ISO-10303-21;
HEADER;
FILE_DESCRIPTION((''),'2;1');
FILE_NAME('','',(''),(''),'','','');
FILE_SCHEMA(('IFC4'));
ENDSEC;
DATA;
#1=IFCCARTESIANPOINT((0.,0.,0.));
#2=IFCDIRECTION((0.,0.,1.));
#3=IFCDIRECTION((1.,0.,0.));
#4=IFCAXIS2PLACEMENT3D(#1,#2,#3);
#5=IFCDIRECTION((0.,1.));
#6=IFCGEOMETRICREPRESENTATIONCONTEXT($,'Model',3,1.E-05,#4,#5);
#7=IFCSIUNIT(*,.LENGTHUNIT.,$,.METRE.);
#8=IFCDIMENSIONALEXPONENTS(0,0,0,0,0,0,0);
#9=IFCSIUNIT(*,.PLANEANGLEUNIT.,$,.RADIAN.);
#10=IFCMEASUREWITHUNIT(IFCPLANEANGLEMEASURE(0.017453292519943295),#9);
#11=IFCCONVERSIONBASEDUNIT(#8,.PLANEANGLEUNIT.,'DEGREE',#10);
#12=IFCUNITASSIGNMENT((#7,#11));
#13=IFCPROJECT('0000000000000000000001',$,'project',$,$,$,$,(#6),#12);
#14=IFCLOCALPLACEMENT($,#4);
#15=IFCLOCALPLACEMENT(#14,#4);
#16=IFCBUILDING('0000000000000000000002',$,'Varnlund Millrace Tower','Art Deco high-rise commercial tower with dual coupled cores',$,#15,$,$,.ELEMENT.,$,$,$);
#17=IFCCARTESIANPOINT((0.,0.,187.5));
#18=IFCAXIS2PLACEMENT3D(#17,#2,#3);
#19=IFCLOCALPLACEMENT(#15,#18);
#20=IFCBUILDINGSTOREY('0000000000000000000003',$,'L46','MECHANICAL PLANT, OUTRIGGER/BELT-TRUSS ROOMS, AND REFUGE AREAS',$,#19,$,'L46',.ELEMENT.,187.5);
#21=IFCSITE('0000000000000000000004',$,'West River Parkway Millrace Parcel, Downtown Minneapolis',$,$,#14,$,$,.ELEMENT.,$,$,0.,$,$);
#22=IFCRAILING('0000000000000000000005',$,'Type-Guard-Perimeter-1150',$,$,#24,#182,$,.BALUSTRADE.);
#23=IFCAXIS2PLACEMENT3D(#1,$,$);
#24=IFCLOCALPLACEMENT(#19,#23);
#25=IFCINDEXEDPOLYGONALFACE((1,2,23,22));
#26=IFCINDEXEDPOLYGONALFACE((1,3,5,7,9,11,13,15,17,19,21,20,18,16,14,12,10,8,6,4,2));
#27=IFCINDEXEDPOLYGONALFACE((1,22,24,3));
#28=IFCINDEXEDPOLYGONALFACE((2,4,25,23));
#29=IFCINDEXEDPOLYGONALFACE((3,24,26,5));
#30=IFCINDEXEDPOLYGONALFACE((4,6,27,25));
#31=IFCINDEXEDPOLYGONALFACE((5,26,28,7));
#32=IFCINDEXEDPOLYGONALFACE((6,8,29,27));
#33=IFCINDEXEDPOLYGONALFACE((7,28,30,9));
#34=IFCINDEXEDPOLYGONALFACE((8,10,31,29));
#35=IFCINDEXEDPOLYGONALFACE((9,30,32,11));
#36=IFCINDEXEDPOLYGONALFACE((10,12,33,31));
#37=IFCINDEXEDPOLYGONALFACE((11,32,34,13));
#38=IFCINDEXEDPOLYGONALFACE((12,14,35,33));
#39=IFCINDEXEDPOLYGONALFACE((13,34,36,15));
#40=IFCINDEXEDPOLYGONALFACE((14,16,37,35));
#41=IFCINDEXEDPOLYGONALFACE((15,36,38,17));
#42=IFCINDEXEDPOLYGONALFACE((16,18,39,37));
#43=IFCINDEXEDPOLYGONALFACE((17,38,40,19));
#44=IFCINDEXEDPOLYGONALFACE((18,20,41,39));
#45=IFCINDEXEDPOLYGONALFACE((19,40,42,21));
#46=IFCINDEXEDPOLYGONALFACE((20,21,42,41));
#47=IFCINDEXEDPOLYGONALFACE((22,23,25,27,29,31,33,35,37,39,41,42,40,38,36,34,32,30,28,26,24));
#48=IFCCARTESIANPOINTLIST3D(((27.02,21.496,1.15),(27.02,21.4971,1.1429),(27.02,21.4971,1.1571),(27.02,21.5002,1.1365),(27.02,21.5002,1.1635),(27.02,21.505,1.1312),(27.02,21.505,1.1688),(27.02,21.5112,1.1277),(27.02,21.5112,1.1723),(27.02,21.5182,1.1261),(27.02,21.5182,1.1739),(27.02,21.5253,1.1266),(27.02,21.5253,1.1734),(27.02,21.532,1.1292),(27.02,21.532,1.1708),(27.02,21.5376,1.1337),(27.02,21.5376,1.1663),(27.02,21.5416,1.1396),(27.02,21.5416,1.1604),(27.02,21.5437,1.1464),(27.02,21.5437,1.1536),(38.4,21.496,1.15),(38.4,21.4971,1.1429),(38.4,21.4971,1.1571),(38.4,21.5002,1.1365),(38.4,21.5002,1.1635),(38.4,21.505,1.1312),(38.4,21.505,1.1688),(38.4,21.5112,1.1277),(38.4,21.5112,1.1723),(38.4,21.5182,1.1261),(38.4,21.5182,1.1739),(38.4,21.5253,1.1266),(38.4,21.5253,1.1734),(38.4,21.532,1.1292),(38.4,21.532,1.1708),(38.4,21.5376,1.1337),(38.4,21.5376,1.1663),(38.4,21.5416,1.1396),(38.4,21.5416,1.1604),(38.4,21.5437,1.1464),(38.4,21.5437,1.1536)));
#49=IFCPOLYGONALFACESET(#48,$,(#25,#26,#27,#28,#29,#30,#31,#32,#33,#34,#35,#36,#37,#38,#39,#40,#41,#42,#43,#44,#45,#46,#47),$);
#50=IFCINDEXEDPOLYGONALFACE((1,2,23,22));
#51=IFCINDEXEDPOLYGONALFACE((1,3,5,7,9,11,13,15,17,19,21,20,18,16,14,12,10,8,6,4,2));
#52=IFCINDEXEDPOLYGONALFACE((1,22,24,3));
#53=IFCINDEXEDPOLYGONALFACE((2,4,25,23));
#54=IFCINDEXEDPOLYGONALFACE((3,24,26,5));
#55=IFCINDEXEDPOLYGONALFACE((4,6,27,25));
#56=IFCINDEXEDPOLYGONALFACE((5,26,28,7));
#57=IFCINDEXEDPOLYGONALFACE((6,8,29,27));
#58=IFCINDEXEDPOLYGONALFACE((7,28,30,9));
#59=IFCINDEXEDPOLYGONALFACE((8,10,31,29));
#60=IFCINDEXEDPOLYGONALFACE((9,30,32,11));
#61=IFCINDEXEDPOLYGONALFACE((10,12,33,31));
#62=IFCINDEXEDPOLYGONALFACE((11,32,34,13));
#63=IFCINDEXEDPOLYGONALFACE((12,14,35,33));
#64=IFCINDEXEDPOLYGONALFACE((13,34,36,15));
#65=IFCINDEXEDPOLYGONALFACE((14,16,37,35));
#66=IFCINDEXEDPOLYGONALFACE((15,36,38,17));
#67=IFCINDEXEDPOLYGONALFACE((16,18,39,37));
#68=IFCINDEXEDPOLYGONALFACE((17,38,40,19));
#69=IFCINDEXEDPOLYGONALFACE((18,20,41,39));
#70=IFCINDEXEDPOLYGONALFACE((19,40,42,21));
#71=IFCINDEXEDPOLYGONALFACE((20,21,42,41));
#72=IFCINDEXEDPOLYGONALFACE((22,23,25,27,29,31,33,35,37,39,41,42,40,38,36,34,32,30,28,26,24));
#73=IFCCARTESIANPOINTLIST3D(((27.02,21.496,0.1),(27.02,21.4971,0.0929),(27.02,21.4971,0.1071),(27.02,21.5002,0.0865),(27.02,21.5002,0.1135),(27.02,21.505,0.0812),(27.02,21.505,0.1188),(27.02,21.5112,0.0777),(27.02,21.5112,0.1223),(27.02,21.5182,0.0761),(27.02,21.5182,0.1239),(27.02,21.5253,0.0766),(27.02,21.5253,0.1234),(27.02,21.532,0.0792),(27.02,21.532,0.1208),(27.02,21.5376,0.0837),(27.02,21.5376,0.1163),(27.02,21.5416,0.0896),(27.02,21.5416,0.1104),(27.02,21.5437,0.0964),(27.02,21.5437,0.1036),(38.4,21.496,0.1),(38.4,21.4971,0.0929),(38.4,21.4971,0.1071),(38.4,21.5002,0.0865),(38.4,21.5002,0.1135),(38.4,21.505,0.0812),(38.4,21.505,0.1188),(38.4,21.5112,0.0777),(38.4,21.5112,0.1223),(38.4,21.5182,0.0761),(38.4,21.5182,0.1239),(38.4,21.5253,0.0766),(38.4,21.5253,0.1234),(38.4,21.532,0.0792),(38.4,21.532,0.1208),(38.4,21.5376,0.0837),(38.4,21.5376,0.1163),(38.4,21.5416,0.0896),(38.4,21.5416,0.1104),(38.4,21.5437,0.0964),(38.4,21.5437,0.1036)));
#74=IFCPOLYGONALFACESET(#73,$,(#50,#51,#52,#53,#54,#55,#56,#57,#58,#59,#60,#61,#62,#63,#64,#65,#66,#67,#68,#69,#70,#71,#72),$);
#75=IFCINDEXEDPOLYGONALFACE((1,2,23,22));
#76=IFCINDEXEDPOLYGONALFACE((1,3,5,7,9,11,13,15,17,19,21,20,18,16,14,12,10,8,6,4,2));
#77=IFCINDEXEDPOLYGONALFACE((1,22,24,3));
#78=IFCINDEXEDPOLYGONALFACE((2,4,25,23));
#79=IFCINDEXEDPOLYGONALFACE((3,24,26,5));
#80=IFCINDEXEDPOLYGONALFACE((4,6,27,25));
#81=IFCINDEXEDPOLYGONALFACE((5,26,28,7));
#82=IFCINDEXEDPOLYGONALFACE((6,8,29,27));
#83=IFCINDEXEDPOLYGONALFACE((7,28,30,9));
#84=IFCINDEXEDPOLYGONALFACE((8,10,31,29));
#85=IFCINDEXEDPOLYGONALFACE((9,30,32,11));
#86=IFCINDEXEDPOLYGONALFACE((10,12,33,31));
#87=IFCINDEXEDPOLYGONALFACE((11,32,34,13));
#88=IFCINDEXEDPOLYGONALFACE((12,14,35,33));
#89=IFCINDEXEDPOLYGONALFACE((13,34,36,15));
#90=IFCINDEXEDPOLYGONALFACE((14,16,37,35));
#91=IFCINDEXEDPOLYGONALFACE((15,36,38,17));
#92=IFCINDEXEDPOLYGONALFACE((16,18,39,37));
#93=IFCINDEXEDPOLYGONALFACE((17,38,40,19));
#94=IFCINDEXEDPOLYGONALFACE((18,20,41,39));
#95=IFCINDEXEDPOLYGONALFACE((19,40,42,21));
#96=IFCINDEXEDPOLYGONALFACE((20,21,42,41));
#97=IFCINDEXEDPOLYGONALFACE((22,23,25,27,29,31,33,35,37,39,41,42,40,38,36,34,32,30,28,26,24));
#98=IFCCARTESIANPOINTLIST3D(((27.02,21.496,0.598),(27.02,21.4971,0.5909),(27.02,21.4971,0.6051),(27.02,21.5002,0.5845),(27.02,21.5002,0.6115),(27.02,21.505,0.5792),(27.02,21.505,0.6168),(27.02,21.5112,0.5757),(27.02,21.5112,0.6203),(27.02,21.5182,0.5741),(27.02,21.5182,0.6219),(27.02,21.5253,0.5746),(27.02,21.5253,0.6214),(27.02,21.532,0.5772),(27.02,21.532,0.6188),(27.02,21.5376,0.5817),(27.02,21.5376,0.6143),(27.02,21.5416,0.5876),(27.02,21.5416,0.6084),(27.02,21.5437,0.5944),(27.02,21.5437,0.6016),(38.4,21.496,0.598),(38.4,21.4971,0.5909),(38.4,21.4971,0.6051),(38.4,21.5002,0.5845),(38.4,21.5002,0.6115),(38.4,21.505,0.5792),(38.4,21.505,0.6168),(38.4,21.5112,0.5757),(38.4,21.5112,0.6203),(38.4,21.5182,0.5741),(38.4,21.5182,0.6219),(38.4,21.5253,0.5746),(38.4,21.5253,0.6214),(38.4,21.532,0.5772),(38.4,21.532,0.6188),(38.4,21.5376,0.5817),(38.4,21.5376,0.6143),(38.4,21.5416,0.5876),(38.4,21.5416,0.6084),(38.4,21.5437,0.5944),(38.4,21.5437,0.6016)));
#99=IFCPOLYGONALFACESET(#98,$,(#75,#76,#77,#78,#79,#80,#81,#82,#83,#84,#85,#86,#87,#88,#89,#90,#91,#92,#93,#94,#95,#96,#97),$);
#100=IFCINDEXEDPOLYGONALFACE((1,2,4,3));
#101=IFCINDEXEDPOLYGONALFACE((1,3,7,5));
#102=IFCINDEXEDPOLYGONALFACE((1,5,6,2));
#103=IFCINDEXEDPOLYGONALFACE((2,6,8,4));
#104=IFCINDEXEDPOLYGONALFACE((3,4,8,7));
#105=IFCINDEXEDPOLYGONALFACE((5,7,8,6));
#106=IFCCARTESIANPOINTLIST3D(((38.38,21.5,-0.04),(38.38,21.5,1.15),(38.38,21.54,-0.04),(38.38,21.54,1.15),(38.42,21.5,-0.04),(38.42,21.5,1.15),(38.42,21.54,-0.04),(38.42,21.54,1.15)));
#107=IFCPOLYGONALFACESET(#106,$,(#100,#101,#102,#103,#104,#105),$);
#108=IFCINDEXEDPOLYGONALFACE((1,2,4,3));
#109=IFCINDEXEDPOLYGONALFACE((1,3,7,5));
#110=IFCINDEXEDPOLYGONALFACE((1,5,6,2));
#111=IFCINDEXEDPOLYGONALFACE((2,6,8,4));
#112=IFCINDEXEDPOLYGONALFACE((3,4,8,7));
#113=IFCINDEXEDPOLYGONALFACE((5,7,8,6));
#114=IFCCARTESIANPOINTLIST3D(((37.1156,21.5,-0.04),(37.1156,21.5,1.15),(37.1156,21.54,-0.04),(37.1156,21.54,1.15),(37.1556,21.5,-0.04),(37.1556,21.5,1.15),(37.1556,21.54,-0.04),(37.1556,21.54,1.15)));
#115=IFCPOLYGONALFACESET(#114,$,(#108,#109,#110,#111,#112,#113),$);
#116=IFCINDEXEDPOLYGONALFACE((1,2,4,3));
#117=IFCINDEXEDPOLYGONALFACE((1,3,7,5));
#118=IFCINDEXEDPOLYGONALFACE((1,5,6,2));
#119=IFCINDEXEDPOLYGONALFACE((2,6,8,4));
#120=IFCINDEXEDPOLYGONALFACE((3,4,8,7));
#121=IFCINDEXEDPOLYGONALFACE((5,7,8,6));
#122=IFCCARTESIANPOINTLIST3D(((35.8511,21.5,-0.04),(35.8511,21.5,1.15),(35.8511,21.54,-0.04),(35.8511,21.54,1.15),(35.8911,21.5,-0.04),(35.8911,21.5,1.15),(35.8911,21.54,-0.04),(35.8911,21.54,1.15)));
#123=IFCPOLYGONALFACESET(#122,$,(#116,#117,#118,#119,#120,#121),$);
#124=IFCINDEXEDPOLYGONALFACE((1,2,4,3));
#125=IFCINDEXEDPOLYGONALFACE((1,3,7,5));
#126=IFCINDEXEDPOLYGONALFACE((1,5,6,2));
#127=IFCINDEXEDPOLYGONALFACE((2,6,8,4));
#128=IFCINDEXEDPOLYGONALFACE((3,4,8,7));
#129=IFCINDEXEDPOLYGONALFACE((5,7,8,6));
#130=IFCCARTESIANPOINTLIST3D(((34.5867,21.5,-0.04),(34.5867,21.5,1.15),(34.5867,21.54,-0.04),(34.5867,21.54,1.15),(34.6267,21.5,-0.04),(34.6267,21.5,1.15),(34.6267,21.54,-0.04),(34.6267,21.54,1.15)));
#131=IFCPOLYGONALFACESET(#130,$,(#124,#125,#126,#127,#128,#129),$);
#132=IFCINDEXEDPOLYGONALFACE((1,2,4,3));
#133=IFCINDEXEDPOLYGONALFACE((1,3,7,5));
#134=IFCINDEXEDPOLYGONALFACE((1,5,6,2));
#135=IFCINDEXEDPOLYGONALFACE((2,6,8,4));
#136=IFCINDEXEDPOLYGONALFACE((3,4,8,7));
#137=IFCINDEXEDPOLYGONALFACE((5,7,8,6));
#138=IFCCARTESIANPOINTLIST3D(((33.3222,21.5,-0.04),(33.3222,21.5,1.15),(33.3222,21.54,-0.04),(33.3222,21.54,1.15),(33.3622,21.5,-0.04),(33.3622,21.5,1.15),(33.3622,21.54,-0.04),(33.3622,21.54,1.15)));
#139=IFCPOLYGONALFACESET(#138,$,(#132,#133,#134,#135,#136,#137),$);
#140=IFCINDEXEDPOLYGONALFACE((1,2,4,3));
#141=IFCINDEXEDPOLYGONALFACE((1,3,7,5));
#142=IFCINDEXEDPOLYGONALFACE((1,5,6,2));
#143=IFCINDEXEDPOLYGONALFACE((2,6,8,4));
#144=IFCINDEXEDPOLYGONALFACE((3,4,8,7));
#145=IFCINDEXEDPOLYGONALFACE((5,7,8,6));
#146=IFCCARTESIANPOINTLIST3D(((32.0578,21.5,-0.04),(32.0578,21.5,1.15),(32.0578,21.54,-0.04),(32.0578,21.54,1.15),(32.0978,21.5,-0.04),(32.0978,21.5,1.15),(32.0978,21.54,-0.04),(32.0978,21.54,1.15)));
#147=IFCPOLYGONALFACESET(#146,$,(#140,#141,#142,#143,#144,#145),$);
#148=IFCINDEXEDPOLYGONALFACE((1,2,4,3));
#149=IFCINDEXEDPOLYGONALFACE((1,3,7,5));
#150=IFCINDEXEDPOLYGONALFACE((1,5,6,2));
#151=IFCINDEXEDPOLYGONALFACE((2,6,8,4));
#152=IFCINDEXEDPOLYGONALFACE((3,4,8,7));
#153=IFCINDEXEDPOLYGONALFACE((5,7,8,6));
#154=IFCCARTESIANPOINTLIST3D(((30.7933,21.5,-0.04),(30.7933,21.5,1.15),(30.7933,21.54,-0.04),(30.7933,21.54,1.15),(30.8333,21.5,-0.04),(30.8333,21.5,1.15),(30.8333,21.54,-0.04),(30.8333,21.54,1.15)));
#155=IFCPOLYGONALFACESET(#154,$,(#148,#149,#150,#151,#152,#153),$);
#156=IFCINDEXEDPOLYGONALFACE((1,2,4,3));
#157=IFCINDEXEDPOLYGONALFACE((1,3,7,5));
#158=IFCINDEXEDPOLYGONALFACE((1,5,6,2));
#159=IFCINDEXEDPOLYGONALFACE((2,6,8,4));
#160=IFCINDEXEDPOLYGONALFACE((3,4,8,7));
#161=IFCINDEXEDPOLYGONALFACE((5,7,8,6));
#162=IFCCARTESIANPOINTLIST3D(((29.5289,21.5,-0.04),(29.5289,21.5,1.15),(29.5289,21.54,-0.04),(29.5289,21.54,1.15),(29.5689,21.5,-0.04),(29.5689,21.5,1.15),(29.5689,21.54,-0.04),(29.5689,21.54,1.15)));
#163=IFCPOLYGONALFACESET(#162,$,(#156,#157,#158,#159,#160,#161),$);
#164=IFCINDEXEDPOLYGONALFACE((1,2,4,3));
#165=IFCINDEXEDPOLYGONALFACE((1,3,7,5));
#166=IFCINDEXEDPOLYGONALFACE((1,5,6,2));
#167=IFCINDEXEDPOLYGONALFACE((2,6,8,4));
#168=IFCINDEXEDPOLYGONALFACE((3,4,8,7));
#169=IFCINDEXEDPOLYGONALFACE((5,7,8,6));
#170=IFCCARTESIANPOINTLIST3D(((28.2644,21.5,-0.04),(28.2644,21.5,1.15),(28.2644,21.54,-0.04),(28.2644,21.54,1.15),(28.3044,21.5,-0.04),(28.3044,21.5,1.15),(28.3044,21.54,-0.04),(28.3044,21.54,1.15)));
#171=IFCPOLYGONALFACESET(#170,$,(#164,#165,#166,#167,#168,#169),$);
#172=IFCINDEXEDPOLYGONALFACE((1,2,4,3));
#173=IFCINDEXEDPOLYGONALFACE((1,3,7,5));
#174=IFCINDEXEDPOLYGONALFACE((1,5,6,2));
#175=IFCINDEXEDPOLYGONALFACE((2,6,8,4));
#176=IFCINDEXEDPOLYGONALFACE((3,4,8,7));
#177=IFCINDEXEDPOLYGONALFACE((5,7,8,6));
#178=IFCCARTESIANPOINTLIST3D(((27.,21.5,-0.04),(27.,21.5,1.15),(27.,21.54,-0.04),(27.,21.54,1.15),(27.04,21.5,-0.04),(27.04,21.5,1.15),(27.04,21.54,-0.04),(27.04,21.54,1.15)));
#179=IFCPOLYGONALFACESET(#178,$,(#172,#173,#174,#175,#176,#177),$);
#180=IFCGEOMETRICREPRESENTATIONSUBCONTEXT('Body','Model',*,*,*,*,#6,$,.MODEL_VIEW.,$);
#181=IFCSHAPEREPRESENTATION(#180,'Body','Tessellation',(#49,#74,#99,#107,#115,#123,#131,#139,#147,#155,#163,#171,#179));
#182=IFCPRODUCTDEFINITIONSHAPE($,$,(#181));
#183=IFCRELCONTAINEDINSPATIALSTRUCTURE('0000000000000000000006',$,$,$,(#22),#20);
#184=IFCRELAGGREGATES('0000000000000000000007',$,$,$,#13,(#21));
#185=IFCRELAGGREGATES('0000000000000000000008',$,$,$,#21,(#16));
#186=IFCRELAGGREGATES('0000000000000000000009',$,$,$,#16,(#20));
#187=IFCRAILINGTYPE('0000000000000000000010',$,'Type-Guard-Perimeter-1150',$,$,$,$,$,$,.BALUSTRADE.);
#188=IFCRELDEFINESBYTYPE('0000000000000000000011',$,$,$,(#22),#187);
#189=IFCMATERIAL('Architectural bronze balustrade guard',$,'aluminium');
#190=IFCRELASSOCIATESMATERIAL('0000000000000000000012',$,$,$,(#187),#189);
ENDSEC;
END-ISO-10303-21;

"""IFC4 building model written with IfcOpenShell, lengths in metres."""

from ifc_helpers import new_model, entity, si_unit, converted_unit, direction, frame, origin_with_axes, origin_2d_with_axis, place, context, subcontext, project, spatial, rectangle, circle, extrude, material, type_object, element, save


model = new_model("IFC4")

# Units and contexts
model_context = context("Model", 3, precision=1e-05, world=origin_with_axes(), true_north=direction((0.0, 1.0)))
body_context = subcontext(model_context, "Body", "Model", "MODEL_VIEW")
ifc_project = project(units=[si_unit("LENGTHUNIT", "METRE"), converted_unit("PLANEANGLEUNIT", "DEGREE", entity("IfcPlaneAngleMeasure", 0.017453292519943295), si_unit("PLANEANGLEUNIT", "RADIAN"), dimensions=[0, 0, 0, 0, 0, 0, 0])], contexts=[model_context])

# Site, building, storey
site_placement = place(None, origin_with_axes())
site = spatial("IfcSite", under=ifc_project, at=site_placement, Name="West River Parkway Millrace Parcel, Downtown Minneapolis", CompositionType="ELEMENT", RefElevation=0.0)
building_placement = place(site_placement, origin_with_axes())
building = spatial("IfcBuilding", under=site, at=building_placement, Name="Varnlund Millrace Tower", Description="Art Deco high-rise commercial tower with dual coupled cores", CompositionType="ELEMENT")
storey_placement = place(building_placement, frame((0.0, 0.0, 187.5), z_axis=(0.0, 0.0, 1.0), x_axis=(1.0, 0.0, 0.0)))
storey = spatial("IfcBuildingStorey", under=building, at=storey_placement, Name="L46", Description="MECHANICAL PLANT, OUTRIGGER/BELT-TRUSS ROOMS, AND REFUGE AREAS", LongName="L46", CompositionType="ELEMENT", Elevation=187.5)

# Railing
ifc_material_1 = material(Name="Architectural bronze balustrade guard", Category="aluminium")
railing_type = type_object("IfcRailingType", Name="Type-Guard-Perimeter-1150", PredefinedType="BALUSTRADE", material=ifc_material_1)
railing_1_placement = place(storey_placement, frame((0.0, 0.0, -187.5), z_axis=(0.0, 0.0, 1.0), x_axis=(1.0, 0.0, 0.0)))
element("IfcRailing", 1, at=railing_1_placement, inside=storey, type_object=railing_type, Name="Type-Guard-Perimeter-1150", PredefinedType="BALUSTRADE", context=body_context, shape_type="SweptSolid", body=[
    extrude(circle(Radius=0.024, at=origin_2d_with_axis()), frame((38.4, 21.52, 188.65), z_axis=(-1.0, 0.0, 0.0), x_axis=(0.0, -1.0, 0.0)), (0.0, 0.0, 1.0), 11.38),
    extrude(circle(Radius=0.024, at=origin_2d_with_axis()), frame((38.4, 21.52, 187.6), z_axis=(-1.0, 0.0, 0.0), x_axis=(0.0, -1.0, 0.0)), (0.0, 0.0, 1.0), 11.38),
    extrude(circle(Radius=0.024, at=origin_2d_with_axis()), frame((38.4, 21.52, 188.098), z_axis=(-1.0, 0.0, 0.0), x_axis=(0.0, -1.0, 0.0)), (0.0, 0.0, 1.0), 11.38),
    extrude(rectangle(XDim=0.04, YDim=0.04, at=origin_2d_with_axis()), frame((38.4, 21.52, 187.46), z_axis=(0.0, 0.0, 1.0), x_axis=(1.0, 0.0, 0.0)), (0.0, 0.0, 1.0), 1.19),
    extrude(rectangle(XDim=0.04, YDim=0.04, at=origin_2d_with_axis()), frame((37.1356, 21.52, 187.46), z_axis=(0.0, 0.0, 1.0), x_axis=(1.0, 0.0, 0.0)), (0.0, 0.0, 1.0), 1.19),
    extrude(rectangle(XDim=0.04, YDim=0.04, at=origin_2d_with_axis()), frame((35.8711, 21.52, 187.46), z_axis=(0.0, 0.0, 1.0), x_axis=(1.0, 0.0, 0.0)), (0.0, 0.0, 1.0), 1.19),
    extrude(rectangle(XDim=0.04, YDim=0.04, at=origin_2d_with_axis()), frame((34.6067, 21.52, 187.46), z_axis=(0.0, 0.0, 1.0), x_axis=(1.0, 0.0, 0.0)), (0.0, 0.0, 1.0), 1.19),
    extrude(rectangle(XDim=0.04, YDim=0.04, at=origin_2d_with_axis()), frame((33.3422, 21.52, 187.46), z_axis=(0.0, 0.0, 1.0), x_axis=(1.0, 0.0, 0.0)), (0.0, 0.0, 1.0), 1.19),
    extrude(rectangle(XDim=0.04, YDim=0.04, at=origin_2d_with_axis()), frame((32.0778, 21.52, 187.46), z_axis=(0.0, 0.0, 1.0), x_axis=(1.0, 0.0, 0.0)), (0.0, 0.0, 1.0), 1.19),
    extrude(rectangle(XDim=0.04, YDim=0.04, at=origin_2d_with_axis()), frame((30.8133, 21.52, 187.46), z_axis=(0.0, 0.0, 1.0), x_axis=(1.0, 0.0, 0.0)), (0.0, 0.0, 1.0), 1.19),
    extrude(rectangle(XDim=0.04, YDim=0.04, at=origin_2d_with_axis()), frame((29.5489, 21.52, 187.46), z_axis=(0.0, 0.0, 1.0), x_axis=(1.0, 0.0, 0.0)), (0.0, 0.0, 1.0), 1.19),
    extrude(rectangle(XDim=0.04, YDim=0.04, at=origin_2d_with_axis()), frame((28.2844, 21.52, 187.46), z_axis=(0.0, 0.0, 1.0), x_axis=(1.0, 0.0, 0.0)), (0.0, 0.0, 1.0), 1.19),
    extrude(rectangle(XDim=0.04, YDim=0.04, at=origin_2d_with_axis()), frame((27.02, 21.52, 187.46), z_axis=(0.0, 0.0, 1.0), x_axis=(1.0, 0.0, 0.0)), (0.0, 0.0, 1.0), 1.19),
])

save(model, "model.ifc")
